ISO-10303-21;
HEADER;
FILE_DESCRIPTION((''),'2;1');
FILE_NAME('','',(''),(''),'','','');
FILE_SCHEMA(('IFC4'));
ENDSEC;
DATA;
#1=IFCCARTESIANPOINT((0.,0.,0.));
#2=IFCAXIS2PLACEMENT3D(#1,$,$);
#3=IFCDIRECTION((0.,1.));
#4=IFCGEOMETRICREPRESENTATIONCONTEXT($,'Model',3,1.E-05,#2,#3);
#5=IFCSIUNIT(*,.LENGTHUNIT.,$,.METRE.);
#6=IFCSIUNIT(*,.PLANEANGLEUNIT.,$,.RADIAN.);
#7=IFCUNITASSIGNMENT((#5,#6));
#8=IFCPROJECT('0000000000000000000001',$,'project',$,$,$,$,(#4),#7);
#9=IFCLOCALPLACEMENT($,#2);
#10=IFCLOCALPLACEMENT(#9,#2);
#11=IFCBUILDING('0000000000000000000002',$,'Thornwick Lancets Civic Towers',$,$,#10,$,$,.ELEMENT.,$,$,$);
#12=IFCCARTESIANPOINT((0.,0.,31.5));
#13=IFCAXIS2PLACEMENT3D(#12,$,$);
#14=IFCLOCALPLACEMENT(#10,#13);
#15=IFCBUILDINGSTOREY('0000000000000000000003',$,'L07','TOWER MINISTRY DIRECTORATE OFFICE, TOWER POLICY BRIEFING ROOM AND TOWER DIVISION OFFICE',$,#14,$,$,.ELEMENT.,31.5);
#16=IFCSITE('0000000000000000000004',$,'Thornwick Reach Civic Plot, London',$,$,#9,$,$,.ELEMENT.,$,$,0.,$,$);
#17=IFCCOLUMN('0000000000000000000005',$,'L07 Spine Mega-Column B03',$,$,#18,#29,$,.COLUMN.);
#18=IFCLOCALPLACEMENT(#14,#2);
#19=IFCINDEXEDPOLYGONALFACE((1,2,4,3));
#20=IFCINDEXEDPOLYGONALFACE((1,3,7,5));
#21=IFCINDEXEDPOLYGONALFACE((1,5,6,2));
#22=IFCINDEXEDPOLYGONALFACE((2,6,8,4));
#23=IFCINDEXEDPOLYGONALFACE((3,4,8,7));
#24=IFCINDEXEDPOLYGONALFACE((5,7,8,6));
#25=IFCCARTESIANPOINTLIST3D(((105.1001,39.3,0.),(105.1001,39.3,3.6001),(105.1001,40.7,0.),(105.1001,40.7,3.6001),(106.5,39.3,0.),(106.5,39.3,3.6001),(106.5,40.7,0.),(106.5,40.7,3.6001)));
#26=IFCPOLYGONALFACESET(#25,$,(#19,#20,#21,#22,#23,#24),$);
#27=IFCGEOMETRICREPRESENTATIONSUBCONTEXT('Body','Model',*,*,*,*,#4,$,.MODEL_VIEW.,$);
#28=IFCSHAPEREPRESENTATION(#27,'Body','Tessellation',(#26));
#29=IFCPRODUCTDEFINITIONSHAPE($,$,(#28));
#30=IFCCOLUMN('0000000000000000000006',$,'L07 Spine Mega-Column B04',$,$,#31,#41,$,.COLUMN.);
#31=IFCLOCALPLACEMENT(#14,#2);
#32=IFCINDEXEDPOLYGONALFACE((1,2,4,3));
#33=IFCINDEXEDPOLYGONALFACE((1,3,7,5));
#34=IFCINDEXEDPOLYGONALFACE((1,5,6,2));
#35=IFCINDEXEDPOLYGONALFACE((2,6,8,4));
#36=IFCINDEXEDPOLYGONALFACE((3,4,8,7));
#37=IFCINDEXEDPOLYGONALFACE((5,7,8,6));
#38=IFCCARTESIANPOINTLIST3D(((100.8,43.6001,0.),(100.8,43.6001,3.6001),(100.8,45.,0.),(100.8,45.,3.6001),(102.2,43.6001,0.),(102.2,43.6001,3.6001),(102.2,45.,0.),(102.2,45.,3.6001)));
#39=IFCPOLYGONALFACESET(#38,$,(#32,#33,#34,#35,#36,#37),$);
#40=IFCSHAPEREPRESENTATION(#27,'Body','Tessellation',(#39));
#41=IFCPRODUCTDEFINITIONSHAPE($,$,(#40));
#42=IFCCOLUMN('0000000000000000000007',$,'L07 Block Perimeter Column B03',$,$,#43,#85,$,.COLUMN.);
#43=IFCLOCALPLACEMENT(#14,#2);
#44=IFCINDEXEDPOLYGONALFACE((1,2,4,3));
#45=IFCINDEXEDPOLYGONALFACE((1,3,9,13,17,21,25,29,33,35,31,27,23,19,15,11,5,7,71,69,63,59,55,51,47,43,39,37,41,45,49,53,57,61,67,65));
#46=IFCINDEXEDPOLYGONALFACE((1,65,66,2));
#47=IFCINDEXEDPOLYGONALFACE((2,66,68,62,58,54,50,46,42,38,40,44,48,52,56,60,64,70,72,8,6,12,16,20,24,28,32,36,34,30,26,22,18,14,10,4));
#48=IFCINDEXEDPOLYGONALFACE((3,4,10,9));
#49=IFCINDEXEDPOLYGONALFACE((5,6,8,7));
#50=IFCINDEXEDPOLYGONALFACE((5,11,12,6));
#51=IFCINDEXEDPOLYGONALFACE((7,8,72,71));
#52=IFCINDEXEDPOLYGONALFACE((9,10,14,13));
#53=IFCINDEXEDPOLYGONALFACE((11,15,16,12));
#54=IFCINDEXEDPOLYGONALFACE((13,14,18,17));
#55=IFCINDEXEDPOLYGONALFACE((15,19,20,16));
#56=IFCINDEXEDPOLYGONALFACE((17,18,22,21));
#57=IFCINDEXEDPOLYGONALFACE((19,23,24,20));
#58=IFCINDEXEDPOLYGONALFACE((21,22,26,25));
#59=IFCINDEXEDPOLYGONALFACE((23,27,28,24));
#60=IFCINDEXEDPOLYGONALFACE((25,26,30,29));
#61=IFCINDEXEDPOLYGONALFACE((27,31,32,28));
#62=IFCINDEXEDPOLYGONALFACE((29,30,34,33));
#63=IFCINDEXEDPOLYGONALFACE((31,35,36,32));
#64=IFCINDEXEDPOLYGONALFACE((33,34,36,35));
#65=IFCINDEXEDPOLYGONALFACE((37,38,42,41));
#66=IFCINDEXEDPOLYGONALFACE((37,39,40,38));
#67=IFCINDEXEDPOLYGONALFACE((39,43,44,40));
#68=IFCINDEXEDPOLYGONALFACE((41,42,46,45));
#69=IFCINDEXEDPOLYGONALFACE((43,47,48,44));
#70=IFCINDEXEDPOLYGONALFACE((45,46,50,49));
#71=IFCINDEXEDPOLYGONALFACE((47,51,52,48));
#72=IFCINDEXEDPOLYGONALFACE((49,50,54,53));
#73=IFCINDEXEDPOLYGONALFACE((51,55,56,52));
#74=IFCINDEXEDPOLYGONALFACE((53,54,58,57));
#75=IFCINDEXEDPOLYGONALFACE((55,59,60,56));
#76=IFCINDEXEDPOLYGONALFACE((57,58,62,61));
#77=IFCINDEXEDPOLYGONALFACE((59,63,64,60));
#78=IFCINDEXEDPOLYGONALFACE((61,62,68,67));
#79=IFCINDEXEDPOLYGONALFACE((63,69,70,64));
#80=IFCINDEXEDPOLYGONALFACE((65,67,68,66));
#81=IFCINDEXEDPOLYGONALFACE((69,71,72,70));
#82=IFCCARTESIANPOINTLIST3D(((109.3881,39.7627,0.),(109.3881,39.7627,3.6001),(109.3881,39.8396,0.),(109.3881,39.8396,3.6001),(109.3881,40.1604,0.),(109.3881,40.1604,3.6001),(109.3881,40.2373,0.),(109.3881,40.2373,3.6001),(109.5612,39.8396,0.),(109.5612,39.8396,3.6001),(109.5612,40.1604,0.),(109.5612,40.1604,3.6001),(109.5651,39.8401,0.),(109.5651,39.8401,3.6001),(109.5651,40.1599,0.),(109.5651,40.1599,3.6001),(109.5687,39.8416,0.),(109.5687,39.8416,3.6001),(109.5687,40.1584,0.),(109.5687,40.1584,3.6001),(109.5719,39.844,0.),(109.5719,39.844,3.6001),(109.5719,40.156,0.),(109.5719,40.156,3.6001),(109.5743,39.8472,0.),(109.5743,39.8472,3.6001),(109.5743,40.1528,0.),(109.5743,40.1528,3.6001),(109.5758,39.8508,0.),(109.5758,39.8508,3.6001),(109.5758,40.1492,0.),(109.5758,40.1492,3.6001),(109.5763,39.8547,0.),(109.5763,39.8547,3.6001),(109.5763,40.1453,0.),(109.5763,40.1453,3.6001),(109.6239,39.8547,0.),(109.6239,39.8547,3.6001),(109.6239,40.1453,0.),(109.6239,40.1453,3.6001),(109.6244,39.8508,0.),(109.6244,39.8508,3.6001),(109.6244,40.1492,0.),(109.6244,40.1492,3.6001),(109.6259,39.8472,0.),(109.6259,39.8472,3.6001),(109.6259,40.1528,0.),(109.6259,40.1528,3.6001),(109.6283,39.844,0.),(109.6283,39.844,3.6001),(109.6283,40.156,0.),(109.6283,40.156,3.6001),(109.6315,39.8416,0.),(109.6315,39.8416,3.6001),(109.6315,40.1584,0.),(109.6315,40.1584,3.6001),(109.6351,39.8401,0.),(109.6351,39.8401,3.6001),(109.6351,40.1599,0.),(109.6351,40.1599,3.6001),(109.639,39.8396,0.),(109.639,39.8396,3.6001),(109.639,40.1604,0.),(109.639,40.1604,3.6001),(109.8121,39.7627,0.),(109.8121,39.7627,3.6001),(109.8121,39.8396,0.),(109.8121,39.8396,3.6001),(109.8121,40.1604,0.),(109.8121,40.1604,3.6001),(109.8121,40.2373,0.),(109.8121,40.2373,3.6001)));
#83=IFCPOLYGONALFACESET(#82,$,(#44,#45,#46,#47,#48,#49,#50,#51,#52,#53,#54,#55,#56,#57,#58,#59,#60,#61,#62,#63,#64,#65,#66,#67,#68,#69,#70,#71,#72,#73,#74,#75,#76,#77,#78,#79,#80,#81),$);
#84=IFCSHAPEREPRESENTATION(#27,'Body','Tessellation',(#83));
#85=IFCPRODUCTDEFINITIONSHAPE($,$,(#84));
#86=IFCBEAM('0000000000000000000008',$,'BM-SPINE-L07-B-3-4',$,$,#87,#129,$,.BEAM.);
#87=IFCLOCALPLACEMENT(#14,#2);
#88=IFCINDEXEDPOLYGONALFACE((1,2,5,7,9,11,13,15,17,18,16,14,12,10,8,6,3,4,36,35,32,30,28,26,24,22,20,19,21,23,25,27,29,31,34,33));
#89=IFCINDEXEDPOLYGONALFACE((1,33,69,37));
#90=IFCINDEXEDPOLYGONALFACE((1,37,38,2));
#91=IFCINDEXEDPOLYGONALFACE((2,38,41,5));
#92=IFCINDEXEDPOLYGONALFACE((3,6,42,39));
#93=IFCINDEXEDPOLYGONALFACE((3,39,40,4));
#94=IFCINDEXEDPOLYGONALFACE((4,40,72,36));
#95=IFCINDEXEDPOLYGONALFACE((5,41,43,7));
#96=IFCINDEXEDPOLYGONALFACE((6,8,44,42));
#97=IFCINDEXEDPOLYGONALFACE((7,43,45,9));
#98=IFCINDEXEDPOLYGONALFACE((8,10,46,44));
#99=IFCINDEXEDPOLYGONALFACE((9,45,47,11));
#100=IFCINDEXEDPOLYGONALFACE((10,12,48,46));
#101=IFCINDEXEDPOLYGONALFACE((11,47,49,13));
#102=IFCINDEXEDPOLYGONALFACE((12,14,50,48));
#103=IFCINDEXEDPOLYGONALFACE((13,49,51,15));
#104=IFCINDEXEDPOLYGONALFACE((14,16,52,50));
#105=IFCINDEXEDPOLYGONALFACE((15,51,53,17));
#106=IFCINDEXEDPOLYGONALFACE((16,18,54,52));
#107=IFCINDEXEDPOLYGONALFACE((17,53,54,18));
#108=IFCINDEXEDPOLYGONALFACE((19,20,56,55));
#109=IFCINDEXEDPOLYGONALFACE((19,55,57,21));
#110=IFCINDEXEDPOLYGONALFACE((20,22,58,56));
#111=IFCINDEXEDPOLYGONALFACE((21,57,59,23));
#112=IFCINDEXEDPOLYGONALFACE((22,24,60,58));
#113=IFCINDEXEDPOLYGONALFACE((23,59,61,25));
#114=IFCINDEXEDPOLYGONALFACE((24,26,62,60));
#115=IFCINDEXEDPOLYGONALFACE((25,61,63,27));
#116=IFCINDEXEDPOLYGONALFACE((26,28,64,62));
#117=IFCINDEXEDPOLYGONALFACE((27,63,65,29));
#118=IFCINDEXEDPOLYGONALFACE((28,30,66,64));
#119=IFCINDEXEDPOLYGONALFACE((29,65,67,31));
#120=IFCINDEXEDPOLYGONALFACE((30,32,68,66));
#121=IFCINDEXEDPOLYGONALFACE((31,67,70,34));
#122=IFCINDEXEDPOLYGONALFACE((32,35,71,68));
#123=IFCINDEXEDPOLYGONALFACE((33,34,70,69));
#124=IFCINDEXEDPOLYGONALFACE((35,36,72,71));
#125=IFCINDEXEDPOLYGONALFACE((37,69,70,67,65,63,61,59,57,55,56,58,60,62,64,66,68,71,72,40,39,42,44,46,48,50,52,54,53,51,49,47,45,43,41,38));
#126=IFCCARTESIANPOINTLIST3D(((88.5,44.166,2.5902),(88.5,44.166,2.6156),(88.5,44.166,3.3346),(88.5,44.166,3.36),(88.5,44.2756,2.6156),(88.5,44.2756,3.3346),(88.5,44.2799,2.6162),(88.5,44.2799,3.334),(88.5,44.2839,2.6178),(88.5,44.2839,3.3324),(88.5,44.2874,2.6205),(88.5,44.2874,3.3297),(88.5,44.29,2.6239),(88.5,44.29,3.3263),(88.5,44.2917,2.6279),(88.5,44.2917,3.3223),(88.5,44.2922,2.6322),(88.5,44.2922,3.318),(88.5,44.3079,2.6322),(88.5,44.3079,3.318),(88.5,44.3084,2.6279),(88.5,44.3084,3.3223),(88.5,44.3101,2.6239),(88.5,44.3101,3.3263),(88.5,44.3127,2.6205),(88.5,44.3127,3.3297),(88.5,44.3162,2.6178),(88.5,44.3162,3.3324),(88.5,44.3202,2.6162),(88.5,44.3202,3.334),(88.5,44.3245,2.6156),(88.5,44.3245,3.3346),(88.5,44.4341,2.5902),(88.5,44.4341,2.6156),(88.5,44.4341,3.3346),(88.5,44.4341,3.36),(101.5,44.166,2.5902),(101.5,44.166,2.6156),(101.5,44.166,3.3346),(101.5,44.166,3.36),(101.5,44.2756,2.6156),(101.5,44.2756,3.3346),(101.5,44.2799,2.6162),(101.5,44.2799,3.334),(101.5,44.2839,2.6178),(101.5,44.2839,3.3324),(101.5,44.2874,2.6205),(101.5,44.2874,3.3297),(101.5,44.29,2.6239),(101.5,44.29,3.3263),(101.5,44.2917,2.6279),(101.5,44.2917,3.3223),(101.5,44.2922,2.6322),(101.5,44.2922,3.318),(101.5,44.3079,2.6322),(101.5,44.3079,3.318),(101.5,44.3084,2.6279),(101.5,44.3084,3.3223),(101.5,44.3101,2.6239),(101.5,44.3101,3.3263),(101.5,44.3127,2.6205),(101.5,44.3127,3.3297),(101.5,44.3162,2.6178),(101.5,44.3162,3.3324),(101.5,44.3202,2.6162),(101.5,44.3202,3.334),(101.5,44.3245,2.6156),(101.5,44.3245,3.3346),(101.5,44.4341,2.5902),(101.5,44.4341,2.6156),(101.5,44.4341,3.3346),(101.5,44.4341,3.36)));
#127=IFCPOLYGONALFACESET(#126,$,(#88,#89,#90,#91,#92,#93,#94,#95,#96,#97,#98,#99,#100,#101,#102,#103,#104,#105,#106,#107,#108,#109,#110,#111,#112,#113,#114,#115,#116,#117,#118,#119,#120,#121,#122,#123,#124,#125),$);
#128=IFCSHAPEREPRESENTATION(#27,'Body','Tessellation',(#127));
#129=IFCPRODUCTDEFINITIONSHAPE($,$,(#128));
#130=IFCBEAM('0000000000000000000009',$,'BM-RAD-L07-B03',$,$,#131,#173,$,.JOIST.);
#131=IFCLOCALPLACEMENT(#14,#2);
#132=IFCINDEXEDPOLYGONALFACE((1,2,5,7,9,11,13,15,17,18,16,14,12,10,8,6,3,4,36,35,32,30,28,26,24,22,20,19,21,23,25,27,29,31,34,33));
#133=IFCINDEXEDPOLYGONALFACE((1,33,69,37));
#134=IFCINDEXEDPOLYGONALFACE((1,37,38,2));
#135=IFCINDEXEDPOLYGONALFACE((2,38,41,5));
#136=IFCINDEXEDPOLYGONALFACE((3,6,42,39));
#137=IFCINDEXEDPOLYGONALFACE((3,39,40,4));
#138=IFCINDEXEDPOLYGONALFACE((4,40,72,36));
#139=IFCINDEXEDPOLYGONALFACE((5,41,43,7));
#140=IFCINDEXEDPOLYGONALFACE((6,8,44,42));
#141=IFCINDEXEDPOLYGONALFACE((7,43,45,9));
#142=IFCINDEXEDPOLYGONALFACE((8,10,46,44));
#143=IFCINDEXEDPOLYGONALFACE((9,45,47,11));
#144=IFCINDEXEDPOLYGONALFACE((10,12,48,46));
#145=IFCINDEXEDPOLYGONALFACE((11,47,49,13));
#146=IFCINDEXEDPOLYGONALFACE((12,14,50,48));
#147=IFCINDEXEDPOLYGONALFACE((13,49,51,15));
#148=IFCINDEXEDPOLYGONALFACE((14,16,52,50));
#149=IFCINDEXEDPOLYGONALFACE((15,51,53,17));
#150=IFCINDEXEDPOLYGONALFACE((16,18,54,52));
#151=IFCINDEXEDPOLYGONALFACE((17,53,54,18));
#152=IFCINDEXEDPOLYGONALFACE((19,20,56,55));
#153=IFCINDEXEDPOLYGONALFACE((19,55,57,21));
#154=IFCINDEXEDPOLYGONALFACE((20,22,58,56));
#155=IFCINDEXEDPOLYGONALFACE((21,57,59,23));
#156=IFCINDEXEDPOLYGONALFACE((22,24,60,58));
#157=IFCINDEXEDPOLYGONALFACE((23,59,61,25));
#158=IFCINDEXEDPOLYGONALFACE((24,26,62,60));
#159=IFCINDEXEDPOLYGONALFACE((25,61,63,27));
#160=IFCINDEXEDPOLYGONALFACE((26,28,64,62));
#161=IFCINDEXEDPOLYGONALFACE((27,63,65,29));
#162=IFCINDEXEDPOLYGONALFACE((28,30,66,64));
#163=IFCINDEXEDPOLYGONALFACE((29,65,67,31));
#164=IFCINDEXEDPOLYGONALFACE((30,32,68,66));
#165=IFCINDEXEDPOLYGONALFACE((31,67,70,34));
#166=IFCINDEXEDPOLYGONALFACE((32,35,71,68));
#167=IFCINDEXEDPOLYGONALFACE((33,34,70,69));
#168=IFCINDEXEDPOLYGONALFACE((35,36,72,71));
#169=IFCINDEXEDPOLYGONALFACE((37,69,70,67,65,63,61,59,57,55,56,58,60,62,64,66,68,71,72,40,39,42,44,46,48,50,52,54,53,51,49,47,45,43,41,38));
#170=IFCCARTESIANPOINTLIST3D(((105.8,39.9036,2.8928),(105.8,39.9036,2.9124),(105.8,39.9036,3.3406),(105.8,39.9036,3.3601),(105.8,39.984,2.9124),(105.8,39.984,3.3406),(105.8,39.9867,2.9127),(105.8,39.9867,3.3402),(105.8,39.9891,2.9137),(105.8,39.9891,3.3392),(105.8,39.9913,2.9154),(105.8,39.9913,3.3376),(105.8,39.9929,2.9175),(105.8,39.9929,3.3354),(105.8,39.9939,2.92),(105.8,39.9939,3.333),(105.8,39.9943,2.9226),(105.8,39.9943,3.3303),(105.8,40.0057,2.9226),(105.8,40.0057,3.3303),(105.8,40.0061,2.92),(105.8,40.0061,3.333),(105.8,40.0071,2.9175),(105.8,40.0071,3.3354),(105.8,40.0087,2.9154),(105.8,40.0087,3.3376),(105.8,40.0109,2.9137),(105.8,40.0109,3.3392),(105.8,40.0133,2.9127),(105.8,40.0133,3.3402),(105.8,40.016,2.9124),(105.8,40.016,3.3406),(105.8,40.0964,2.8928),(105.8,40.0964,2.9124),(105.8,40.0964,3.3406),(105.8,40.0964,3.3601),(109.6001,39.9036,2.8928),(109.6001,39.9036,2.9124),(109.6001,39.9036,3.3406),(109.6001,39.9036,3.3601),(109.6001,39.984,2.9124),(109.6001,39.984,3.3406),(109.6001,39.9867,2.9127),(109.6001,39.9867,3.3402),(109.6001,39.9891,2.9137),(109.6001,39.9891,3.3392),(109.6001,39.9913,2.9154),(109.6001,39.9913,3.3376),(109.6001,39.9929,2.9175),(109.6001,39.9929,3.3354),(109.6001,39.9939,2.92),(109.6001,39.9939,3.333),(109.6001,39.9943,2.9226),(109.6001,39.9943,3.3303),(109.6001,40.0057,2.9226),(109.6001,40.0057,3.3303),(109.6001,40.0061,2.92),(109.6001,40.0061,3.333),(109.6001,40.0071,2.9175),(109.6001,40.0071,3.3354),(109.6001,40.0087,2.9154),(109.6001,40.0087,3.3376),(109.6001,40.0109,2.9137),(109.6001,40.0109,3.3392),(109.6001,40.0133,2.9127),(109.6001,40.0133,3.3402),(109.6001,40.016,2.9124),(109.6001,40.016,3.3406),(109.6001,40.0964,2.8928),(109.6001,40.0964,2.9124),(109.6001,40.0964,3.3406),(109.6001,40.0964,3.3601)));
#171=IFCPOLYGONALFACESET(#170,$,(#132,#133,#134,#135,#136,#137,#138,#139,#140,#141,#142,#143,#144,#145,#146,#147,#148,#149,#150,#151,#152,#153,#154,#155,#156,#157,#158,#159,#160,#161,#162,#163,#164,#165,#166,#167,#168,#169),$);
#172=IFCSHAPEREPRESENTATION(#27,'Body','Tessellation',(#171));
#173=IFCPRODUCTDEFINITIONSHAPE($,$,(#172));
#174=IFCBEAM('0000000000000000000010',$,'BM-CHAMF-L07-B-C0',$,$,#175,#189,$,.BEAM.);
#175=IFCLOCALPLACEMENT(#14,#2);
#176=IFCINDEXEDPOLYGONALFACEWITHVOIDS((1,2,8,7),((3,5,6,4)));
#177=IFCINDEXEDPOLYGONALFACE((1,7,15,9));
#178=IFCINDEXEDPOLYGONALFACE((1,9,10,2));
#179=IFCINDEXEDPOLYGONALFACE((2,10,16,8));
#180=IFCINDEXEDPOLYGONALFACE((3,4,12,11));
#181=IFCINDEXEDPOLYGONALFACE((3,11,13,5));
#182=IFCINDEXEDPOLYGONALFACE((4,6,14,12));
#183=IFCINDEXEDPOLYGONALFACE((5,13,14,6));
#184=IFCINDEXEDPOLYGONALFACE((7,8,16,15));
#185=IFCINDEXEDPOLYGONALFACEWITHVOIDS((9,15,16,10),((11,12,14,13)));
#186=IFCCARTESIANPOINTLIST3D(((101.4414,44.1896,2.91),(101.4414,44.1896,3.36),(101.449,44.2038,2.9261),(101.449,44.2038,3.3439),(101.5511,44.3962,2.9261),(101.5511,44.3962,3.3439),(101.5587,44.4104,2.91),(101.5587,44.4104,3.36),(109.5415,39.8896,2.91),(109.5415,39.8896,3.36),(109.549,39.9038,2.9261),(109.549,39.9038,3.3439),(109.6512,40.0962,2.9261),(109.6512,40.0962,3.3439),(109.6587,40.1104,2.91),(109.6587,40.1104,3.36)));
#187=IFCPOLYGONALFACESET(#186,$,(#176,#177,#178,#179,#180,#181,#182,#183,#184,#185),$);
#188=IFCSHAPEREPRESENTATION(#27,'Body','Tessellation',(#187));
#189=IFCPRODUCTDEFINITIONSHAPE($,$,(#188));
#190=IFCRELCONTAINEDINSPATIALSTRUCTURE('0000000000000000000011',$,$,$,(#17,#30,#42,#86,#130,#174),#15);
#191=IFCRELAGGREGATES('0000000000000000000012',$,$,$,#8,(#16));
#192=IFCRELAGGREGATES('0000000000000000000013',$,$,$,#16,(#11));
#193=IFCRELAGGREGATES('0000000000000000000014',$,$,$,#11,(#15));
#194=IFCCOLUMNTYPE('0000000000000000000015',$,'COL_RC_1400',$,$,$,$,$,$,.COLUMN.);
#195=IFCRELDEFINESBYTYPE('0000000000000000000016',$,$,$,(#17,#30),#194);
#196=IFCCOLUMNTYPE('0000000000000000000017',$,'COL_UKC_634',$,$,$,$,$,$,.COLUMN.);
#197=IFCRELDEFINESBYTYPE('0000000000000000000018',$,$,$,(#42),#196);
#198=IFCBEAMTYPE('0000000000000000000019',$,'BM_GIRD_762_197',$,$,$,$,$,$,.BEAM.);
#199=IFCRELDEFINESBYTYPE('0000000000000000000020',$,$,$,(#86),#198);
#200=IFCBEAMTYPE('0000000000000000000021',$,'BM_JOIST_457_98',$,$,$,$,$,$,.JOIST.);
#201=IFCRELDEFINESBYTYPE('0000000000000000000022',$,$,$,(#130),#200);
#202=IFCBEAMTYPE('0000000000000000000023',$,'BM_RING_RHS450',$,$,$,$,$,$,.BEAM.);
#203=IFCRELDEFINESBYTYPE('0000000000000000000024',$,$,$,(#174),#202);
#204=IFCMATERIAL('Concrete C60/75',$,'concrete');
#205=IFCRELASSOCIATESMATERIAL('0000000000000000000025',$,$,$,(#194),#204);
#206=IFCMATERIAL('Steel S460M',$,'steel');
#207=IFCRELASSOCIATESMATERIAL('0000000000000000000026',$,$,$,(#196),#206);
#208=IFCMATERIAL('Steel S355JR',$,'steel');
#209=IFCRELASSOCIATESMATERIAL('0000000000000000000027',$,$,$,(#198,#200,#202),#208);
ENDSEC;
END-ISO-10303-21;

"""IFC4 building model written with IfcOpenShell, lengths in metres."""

from ifc_helpers import new_model, si_unit, direction, frame, origin, origin_2d, place, context, subcontext, project, spatial, rectangle, hollow_rectangle, i_section, extrude, material, material_profile, profile_set, type_object, element, save


model = new_model("IFC4")

# Units and contexts
model_context = context("Model", 3, precision=1e-05, world=origin(), true_north=direction((0.0, 1.0)))
body_context = subcontext(model_context, "Body", "Model", "MODEL_VIEW")
ifc_project = project(units=[si_unit("LENGTHUNIT", "METRE"), si_unit("PLANEANGLEUNIT", "RADIAN")], contexts=[model_context])

# Site, building, storey
site_placement = place(None, origin())
site = spatial("IfcSite", under=ifc_project, at=site_placement, Name="Thornwick Reach Civic Plot, London", CompositionType="ELEMENT", RefElevation=0.0)
building_placement = place(site_placement, origin())
building = spatial("IfcBuilding", under=site, at=building_placement, Name="Thornwick Lancets Civic Towers", CompositionType="ELEMENT")
storey_placement = place(building_placement, frame((0.0, 0.0, 31.5)))
storey = spatial("IfcBuildingStorey", under=building, at=storey_placement, Name="L07", Description="TOWER MINISTRY DIRECTORATE OFFICE, TOWER POLICY BRIEFING ROOM AND TOWER DIVISION OFFICE", CompositionType="ELEMENT", Elevation=31.5)

# Columns
ifc_material_1 = material(Name="Concrete C60/75", Category="concrete")
ifc_material_profile_1 = material_profile(ifc_material_1, rectangle(XDim=1.3999, YDim=1.3999, at=origin_2d()), Name="RC 1400x1400")
ifc_profile_set_1 = profile_set([ifc_material_profile_1], Name="Concrete C60/75")
column_type_1 = type_object("IfcColumnType", Name="COL_RC_1400", PredefinedType="COLUMN", material=ifc_profile_set_1)
for number, where, z_axis, x_axis, name in (
    (1, (105.8, 40.0, 0.0), (0.0, 0.0, 1.0), (1.0, 0.0, 0.0), "L07 Spine Mega-Column B03"),
    (2, (101.5, 44.3, 0.0), (0.0, 0.0, 1.0), (1.0, 0.0, 0.0), "L07 Spine Mega-Column B04"),
):
    element("IfcColumn", number, at=place(storey_placement, frame(where, z_axis=z_axis, x_axis=x_axis)), inside=storey, type_object=column_type_1, Name=name, PredefinedType="COLUMN", context=body_context, shape_type="SweptSolid", body=[
        extrude(rectangle(XDim=1.3999, YDim=1.3999, at=origin_2d()), origin(), (0.0, 0.0, 1.0), 3.6001),
    ])
ifc_material_2 = material(Name="Steel S460M", Category="steel")
ifc_material_profile_2 = material_profile(ifc_material_2, i_section(OverallWidth=0.4241, OverallDepth=0.4746, WebThickness=0.0476, FlangeThickness=0.0769, FilletRadius=0.0151, at=origin_2d()), Name="UKC 356x406x634")
ifc_profile_set_2 = profile_set([ifc_material_profile_2], Name="Steel S460M")
column_type_2 = type_object("IfcColumnType", Name="COL_UKC_634", PredefinedType="COLUMN", material=ifc_profile_set_2)
column_placement = place(storey_placement, frame((109.6001, 40.0, 0.0), z_axis=(0.0, 0.0, 1.0), x_axis=(1.0, 0.0, 0.0)))
element("IfcColumn", 3, at=column_placement, inside=storey, type_object=column_type_2, Name="L07 Block Perimeter Column B03", PredefinedType="COLUMN", context=body_context, shape_type="SweptSolid", body=[
    extrude(i_section(OverallWidth=0.4241, OverallDepth=0.4746, WebThickness=0.0476, FlangeThickness=0.0769, FilletRadius=0.0151, at=origin_2d()), origin(), (0.0, 0.0, 1.0), 3.6001),
])

# Beams
ifc_material_3 = material(Name="Steel S355JR", Category="steel")
ifc_material_profile_3 = material_profile(ifc_material_3, i_section(OverallWidth=0.2681, OverallDepth=0.7698, WebThickness=0.0156, FlangeThickness=0.0254, FilletRadius=0.0166, at=origin_2d()), Name="UKB 762x267x197")
ifc_profile_set_3 = profile_set([ifc_material_profile_3], Name="Steel S355JR")
beam_type_1 = type_object("IfcBeamType", Name="BM_GIRD_762_197", PredefinedType="BEAM", material=ifc_profile_set_3)
beam_1_placement = place(storey_placement, frame((101.5, 44.3, 2.9751), z_axis=(-1.0, 0.0, 0.0), x_axis=(0.0, -1.0, 0.0)))
element("IfcBeam", 4, at=beam_1_placement, inside=storey, type_object=beam_type_1, Name="BM-SPINE-L07-B-3-4", PredefinedType="BEAM", context=body_context, shape_type="SweptSolid", body=[
    extrude(i_section(OverallWidth=0.2681, OverallDepth=0.7698, WebThickness=0.0156, FlangeThickness=0.0254, FilletRadius=0.0166, at=origin_2d()), origin(), (0.0, 0.0, 1.0), 13.0),
])
ifc_material_profile_4 = material_profile(ifc_material_3, i_section(OverallWidth=0.1929, OverallDepth=0.4673, WebThickness=0.0115, FlangeThickness=0.0195, FilletRadius=0.0103, at=origin_2d()), Name="UKB 457x191x98")
ifc_profile_set_4 = profile_set([ifc_material_profile_4], Name="Steel S355JR")
beam_type_2 = type_object("IfcBeamType", Name="BM_JOIST_457_98", PredefinedType="JOIST", material=ifc_profile_set_4)
beam_2_placement = place(storey_placement, frame((105.8, 40.0, 3.1265), z_axis=(1.0, 0.0, 0.0), x_axis=(0.0, 1.0, 0.0)))
element("IfcBeam", 5, at=beam_2_placement, inside=storey, type_object=beam_type_2, Name="BM-RAD-L07-B03", PredefinedType="JOIST", context=body_context, shape_type="SweptSolid", body=[
    extrude(i_section(OverallWidth=0.1929, OverallDepth=0.4673, WebThickness=0.0115, FlangeThickness=0.0195, FilletRadius=0.0103, at=origin_2d()), origin(), (0.0, 0.0, 1.0), 3.8),
])
ifc_material_profile_5 = material_profile(ifc_material_3, hollow_rectangle(XDim=0.25, YDim=0.45, WallThickness=0.0161, at=origin_2d()), Name="RHS 450x250x16")
ifc_profile_set_5 = profile_set([ifc_material_profile_5], Name="Steel S355JR")
beam_type_3 = type_object("IfcBeamType", Name="BM_RING_RHS450", PredefinedType="BEAM", material=ifc_profile_set_5)
beam_3_placement = place(storey_placement, frame((109.6001, 40.0, 3.135), z_axis=(-0.883257, 0.468889, 0.0), x_axis=(-0.468889, -0.883257, 0.0)))
element("IfcBeam", 6, at=beam_3_placement, inside=storey, type_object=beam_type_3, Name="BM-CHAMF-L07-B-C0", PredefinedType="BEAM", context=body_context, shape_type="SweptSolid", body=[
    extrude(hollow_rectangle(XDim=0.25, YDim=0.45, WallThickness=0.0161, at=origin_2d()), origin(), (0.0, 0.0, 1.0), 9.1707),
])

save(model, "model.ifc")
